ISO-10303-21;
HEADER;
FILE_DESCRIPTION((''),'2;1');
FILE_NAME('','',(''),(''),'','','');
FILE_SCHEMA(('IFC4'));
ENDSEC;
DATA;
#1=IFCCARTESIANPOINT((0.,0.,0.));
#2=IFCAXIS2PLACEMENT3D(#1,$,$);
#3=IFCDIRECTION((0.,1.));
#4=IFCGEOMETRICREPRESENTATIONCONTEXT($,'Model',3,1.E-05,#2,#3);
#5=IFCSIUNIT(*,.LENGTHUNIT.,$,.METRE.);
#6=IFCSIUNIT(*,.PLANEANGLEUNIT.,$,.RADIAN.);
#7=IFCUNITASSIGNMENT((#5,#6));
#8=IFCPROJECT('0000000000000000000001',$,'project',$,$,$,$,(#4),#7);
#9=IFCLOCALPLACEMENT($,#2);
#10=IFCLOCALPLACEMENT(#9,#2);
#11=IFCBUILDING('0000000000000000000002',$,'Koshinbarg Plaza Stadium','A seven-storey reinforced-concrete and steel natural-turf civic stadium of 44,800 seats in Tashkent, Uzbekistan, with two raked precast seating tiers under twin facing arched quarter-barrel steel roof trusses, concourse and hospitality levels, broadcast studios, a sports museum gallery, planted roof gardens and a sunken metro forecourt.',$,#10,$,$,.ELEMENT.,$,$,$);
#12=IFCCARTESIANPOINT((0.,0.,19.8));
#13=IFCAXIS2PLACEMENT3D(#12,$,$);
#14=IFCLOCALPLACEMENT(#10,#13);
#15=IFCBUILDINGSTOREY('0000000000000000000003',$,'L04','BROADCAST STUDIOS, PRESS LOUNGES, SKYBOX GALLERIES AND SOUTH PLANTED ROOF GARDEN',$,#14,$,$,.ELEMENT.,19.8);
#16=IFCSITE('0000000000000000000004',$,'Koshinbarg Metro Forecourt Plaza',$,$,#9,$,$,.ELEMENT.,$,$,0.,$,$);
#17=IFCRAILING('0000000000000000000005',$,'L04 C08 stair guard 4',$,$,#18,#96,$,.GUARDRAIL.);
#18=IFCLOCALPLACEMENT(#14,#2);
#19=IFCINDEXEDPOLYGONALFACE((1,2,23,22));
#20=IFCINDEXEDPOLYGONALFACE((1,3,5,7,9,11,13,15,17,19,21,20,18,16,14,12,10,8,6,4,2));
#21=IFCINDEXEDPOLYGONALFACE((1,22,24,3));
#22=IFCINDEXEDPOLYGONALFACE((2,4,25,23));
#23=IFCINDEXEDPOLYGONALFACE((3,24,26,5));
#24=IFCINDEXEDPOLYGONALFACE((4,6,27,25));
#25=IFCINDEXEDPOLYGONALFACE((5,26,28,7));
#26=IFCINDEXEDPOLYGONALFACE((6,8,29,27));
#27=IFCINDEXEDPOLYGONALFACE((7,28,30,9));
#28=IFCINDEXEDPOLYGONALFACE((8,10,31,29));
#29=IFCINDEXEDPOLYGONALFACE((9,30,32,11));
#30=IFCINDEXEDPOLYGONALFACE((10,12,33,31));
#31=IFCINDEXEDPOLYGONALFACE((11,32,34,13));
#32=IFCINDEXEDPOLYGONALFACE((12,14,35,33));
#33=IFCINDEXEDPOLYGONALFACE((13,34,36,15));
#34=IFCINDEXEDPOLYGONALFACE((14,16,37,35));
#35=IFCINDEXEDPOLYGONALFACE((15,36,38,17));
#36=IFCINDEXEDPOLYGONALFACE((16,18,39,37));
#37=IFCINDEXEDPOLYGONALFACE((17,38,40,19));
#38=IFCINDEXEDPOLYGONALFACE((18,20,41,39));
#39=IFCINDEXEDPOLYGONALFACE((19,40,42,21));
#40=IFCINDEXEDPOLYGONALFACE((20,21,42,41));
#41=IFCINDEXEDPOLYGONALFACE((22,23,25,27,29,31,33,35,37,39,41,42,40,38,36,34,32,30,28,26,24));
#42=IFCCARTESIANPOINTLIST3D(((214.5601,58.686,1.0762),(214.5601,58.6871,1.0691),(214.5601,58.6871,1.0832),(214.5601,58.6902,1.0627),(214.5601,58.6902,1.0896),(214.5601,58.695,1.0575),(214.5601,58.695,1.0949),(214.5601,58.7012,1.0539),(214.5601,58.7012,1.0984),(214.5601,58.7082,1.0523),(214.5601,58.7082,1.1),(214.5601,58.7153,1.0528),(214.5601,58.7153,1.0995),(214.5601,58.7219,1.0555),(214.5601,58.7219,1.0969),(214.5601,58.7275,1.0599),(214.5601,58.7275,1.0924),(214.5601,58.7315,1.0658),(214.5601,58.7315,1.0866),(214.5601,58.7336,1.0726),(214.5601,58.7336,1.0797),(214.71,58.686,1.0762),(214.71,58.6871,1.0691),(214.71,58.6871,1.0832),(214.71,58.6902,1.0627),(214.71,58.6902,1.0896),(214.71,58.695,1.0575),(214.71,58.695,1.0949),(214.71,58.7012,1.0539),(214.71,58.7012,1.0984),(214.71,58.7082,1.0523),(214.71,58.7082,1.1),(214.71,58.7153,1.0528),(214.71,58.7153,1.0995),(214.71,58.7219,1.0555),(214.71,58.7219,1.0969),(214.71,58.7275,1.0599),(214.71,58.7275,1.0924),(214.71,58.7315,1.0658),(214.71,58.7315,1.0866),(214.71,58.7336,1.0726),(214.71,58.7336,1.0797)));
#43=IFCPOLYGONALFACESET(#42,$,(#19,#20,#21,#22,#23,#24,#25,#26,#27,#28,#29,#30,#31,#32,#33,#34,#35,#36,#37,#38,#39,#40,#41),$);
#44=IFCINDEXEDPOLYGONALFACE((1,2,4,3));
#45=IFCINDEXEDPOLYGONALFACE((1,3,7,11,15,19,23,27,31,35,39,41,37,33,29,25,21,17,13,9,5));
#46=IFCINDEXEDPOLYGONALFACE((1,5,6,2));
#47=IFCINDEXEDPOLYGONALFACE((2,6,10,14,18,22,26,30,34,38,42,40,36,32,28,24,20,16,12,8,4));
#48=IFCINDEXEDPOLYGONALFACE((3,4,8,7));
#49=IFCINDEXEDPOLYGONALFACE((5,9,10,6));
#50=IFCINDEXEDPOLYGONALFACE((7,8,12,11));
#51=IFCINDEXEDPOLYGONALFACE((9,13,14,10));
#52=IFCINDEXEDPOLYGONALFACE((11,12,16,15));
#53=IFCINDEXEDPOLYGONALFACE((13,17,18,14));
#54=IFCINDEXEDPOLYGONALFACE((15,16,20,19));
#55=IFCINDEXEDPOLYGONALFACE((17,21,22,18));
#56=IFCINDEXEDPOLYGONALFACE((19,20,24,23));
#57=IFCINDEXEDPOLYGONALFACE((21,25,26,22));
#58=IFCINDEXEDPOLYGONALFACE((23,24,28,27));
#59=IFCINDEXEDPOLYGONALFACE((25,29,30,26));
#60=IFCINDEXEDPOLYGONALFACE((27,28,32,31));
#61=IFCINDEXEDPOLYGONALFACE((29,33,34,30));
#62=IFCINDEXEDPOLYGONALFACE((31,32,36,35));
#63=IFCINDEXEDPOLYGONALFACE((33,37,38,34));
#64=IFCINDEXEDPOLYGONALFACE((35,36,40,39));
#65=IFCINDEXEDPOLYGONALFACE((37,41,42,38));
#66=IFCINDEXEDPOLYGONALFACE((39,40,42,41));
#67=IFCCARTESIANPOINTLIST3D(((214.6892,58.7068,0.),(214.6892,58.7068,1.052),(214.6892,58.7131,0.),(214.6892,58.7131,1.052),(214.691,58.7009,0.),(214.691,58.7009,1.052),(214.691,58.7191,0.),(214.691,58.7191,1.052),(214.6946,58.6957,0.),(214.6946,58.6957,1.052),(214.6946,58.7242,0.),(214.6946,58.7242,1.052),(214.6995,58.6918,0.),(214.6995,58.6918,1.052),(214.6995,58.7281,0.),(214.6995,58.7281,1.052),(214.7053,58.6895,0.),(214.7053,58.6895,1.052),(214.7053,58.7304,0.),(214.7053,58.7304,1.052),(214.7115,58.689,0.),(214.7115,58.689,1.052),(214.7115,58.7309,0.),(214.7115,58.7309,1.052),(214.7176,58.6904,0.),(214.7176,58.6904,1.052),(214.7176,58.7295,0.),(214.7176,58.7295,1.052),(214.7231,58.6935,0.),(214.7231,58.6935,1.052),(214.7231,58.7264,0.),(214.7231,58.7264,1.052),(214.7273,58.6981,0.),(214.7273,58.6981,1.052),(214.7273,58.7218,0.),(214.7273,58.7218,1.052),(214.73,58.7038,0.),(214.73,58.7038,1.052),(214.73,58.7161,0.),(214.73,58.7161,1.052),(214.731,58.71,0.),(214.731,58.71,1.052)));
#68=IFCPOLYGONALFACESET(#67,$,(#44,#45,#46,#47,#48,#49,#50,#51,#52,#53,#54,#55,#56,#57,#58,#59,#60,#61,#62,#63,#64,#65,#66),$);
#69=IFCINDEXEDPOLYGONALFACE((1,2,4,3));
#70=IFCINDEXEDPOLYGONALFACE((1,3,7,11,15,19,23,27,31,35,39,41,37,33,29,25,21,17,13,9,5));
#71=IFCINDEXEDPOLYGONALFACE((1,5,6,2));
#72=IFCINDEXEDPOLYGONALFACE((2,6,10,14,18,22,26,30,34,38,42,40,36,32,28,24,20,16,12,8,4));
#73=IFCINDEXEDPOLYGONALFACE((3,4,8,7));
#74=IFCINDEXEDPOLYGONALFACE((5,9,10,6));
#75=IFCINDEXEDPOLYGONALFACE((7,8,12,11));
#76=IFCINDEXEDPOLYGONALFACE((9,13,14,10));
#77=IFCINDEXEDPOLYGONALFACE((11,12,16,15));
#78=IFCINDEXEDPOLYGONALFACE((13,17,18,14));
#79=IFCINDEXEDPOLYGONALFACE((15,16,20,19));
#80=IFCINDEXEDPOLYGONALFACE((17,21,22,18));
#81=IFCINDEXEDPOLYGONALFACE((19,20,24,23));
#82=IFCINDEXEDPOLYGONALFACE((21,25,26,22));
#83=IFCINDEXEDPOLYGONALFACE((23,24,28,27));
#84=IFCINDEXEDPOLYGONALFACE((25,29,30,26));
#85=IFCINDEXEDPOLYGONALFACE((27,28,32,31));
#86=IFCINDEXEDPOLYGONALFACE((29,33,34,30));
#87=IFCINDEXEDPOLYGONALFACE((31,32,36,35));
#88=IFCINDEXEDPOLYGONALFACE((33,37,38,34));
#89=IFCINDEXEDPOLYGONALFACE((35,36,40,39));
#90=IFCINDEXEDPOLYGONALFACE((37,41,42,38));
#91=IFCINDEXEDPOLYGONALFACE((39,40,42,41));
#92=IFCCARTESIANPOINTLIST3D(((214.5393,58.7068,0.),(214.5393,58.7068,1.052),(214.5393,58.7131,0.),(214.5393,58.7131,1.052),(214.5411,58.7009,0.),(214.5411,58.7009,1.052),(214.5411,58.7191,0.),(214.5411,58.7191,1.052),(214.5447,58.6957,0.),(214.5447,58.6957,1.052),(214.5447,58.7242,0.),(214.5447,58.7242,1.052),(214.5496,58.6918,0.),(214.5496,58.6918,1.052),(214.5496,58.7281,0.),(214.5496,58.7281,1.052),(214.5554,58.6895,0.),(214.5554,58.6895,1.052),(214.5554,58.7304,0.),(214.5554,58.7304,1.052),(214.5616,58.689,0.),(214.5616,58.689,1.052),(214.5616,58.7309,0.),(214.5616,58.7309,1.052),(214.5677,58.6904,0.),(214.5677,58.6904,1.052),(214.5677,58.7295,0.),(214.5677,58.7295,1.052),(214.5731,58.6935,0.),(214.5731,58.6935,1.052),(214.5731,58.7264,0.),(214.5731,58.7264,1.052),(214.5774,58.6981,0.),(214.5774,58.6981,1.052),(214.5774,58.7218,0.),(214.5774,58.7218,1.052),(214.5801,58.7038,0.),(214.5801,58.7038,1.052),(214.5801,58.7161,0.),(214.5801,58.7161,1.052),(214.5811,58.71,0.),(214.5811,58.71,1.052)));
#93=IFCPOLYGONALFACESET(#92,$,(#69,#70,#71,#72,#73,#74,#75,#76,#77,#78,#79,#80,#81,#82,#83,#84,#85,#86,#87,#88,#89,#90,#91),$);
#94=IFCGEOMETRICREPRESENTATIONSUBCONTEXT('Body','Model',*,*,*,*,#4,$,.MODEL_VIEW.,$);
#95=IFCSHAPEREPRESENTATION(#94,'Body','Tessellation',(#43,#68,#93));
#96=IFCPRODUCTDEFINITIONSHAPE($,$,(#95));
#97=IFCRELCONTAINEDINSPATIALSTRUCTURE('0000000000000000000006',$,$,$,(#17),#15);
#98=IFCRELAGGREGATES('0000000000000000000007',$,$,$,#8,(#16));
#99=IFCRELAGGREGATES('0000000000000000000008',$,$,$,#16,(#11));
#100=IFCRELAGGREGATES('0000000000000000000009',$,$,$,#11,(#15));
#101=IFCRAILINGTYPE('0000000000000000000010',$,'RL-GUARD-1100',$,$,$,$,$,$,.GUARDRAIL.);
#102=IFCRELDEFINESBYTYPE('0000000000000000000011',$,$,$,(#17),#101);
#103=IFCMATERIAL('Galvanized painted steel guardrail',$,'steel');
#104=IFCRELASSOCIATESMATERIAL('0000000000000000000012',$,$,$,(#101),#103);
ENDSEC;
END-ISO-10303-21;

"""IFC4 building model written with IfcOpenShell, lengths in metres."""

from ifc_helpers import new_model, si_unit, direction, frame, origin, origin_2d, place, context, subcontext, project, spatial, circle, extrude, material, type_object, element, save


model = new_model("IFC4")

# Units and contexts
model_context = context("Model", 3, precision=1e-05, world=origin(), true_north=direction((0.0, 1.0)))
body_context = subcontext(model_context, "Body", "Model", "MODEL_VIEW")
ifc_project = project(units=[si_unit("LENGTHUNIT", "METRE"), si_unit("PLANEANGLEUNIT", "RADIAN")], contexts=[model_context])

# Site, building, storey
site_placement = place(None, origin())
site = spatial("IfcSite", under=ifc_project, at=site_placement, Name="Koshinbarg Metro Forecourt Plaza", CompositionType="ELEMENT", RefElevation=0.0)
building_placement = place(site_placement, origin())
building = spatial("IfcBuilding", under=site, at=building_placement, Name="Koshinbarg Plaza Stadium", Description="A seven-storey reinforced-concrete and steel natural-turf civic stadium of 44,800 seats in Tashkent, Uzbekistan, with two raked precast seating tiers under twin facing arched quarter-barrel steel roof trusses, concourse and hospitality levels, broadcast studios, a sports museum gallery, planted roof gardens and a sunken metro forecourt.", CompositionType="ELEMENT")
storey_placement = place(building_placement, frame((0.0, 0.0, 19.8)))
storey = spatial("IfcBuildingStorey", under=building, at=storey_placement, Name="L04", Description="BROADCAST STUDIOS, PRESS LOUNGES, SKYBOX GALLERIES AND SOUTH PLANTED ROOF GARDEN", CompositionType="ELEMENT", Elevation=19.8)

# Railing
ifc_material_1 = material(Name="Galvanized painted steel guardrail", Category="steel")
railing_type_1 = type_object("IfcRailingType", Name="RL-GUARD-1100", PredefinedType="GUARDRAIL", material=ifc_material_1)
railing_1_placement = place(storey_placement, frame((214.71, 58.71, 0.0)))
element("IfcRailing", 1, at=railing_1_placement, inside=storey, type_object=railing_type_1, Name="L04 C08 stair guard 4", PredefinedType="GUARDRAIL", context=body_context, shape_type="SweptSolid", body=[
    extrude(circle(Radius=0.0239, at=origin_2d()), frame((0.0, 0.0, 1.0762), z_axis=(-1.0, 0.0, 0.0), x_axis=(0.0, -1.0, 0.0)), (0.0, 0.0, 1.0), 0.1499),
    extrude(circle(Radius=0.021, at=origin_2d()), origin(), (0.0, 0.0, 1.0), 1.052),
    extrude(circle(Radius=0.021, at=origin_2d()), frame((-0.1499, 0.0, 0.0)), (0.0, 0.0, 1.0), 1.052),
])

save(model, "model.ifc")
